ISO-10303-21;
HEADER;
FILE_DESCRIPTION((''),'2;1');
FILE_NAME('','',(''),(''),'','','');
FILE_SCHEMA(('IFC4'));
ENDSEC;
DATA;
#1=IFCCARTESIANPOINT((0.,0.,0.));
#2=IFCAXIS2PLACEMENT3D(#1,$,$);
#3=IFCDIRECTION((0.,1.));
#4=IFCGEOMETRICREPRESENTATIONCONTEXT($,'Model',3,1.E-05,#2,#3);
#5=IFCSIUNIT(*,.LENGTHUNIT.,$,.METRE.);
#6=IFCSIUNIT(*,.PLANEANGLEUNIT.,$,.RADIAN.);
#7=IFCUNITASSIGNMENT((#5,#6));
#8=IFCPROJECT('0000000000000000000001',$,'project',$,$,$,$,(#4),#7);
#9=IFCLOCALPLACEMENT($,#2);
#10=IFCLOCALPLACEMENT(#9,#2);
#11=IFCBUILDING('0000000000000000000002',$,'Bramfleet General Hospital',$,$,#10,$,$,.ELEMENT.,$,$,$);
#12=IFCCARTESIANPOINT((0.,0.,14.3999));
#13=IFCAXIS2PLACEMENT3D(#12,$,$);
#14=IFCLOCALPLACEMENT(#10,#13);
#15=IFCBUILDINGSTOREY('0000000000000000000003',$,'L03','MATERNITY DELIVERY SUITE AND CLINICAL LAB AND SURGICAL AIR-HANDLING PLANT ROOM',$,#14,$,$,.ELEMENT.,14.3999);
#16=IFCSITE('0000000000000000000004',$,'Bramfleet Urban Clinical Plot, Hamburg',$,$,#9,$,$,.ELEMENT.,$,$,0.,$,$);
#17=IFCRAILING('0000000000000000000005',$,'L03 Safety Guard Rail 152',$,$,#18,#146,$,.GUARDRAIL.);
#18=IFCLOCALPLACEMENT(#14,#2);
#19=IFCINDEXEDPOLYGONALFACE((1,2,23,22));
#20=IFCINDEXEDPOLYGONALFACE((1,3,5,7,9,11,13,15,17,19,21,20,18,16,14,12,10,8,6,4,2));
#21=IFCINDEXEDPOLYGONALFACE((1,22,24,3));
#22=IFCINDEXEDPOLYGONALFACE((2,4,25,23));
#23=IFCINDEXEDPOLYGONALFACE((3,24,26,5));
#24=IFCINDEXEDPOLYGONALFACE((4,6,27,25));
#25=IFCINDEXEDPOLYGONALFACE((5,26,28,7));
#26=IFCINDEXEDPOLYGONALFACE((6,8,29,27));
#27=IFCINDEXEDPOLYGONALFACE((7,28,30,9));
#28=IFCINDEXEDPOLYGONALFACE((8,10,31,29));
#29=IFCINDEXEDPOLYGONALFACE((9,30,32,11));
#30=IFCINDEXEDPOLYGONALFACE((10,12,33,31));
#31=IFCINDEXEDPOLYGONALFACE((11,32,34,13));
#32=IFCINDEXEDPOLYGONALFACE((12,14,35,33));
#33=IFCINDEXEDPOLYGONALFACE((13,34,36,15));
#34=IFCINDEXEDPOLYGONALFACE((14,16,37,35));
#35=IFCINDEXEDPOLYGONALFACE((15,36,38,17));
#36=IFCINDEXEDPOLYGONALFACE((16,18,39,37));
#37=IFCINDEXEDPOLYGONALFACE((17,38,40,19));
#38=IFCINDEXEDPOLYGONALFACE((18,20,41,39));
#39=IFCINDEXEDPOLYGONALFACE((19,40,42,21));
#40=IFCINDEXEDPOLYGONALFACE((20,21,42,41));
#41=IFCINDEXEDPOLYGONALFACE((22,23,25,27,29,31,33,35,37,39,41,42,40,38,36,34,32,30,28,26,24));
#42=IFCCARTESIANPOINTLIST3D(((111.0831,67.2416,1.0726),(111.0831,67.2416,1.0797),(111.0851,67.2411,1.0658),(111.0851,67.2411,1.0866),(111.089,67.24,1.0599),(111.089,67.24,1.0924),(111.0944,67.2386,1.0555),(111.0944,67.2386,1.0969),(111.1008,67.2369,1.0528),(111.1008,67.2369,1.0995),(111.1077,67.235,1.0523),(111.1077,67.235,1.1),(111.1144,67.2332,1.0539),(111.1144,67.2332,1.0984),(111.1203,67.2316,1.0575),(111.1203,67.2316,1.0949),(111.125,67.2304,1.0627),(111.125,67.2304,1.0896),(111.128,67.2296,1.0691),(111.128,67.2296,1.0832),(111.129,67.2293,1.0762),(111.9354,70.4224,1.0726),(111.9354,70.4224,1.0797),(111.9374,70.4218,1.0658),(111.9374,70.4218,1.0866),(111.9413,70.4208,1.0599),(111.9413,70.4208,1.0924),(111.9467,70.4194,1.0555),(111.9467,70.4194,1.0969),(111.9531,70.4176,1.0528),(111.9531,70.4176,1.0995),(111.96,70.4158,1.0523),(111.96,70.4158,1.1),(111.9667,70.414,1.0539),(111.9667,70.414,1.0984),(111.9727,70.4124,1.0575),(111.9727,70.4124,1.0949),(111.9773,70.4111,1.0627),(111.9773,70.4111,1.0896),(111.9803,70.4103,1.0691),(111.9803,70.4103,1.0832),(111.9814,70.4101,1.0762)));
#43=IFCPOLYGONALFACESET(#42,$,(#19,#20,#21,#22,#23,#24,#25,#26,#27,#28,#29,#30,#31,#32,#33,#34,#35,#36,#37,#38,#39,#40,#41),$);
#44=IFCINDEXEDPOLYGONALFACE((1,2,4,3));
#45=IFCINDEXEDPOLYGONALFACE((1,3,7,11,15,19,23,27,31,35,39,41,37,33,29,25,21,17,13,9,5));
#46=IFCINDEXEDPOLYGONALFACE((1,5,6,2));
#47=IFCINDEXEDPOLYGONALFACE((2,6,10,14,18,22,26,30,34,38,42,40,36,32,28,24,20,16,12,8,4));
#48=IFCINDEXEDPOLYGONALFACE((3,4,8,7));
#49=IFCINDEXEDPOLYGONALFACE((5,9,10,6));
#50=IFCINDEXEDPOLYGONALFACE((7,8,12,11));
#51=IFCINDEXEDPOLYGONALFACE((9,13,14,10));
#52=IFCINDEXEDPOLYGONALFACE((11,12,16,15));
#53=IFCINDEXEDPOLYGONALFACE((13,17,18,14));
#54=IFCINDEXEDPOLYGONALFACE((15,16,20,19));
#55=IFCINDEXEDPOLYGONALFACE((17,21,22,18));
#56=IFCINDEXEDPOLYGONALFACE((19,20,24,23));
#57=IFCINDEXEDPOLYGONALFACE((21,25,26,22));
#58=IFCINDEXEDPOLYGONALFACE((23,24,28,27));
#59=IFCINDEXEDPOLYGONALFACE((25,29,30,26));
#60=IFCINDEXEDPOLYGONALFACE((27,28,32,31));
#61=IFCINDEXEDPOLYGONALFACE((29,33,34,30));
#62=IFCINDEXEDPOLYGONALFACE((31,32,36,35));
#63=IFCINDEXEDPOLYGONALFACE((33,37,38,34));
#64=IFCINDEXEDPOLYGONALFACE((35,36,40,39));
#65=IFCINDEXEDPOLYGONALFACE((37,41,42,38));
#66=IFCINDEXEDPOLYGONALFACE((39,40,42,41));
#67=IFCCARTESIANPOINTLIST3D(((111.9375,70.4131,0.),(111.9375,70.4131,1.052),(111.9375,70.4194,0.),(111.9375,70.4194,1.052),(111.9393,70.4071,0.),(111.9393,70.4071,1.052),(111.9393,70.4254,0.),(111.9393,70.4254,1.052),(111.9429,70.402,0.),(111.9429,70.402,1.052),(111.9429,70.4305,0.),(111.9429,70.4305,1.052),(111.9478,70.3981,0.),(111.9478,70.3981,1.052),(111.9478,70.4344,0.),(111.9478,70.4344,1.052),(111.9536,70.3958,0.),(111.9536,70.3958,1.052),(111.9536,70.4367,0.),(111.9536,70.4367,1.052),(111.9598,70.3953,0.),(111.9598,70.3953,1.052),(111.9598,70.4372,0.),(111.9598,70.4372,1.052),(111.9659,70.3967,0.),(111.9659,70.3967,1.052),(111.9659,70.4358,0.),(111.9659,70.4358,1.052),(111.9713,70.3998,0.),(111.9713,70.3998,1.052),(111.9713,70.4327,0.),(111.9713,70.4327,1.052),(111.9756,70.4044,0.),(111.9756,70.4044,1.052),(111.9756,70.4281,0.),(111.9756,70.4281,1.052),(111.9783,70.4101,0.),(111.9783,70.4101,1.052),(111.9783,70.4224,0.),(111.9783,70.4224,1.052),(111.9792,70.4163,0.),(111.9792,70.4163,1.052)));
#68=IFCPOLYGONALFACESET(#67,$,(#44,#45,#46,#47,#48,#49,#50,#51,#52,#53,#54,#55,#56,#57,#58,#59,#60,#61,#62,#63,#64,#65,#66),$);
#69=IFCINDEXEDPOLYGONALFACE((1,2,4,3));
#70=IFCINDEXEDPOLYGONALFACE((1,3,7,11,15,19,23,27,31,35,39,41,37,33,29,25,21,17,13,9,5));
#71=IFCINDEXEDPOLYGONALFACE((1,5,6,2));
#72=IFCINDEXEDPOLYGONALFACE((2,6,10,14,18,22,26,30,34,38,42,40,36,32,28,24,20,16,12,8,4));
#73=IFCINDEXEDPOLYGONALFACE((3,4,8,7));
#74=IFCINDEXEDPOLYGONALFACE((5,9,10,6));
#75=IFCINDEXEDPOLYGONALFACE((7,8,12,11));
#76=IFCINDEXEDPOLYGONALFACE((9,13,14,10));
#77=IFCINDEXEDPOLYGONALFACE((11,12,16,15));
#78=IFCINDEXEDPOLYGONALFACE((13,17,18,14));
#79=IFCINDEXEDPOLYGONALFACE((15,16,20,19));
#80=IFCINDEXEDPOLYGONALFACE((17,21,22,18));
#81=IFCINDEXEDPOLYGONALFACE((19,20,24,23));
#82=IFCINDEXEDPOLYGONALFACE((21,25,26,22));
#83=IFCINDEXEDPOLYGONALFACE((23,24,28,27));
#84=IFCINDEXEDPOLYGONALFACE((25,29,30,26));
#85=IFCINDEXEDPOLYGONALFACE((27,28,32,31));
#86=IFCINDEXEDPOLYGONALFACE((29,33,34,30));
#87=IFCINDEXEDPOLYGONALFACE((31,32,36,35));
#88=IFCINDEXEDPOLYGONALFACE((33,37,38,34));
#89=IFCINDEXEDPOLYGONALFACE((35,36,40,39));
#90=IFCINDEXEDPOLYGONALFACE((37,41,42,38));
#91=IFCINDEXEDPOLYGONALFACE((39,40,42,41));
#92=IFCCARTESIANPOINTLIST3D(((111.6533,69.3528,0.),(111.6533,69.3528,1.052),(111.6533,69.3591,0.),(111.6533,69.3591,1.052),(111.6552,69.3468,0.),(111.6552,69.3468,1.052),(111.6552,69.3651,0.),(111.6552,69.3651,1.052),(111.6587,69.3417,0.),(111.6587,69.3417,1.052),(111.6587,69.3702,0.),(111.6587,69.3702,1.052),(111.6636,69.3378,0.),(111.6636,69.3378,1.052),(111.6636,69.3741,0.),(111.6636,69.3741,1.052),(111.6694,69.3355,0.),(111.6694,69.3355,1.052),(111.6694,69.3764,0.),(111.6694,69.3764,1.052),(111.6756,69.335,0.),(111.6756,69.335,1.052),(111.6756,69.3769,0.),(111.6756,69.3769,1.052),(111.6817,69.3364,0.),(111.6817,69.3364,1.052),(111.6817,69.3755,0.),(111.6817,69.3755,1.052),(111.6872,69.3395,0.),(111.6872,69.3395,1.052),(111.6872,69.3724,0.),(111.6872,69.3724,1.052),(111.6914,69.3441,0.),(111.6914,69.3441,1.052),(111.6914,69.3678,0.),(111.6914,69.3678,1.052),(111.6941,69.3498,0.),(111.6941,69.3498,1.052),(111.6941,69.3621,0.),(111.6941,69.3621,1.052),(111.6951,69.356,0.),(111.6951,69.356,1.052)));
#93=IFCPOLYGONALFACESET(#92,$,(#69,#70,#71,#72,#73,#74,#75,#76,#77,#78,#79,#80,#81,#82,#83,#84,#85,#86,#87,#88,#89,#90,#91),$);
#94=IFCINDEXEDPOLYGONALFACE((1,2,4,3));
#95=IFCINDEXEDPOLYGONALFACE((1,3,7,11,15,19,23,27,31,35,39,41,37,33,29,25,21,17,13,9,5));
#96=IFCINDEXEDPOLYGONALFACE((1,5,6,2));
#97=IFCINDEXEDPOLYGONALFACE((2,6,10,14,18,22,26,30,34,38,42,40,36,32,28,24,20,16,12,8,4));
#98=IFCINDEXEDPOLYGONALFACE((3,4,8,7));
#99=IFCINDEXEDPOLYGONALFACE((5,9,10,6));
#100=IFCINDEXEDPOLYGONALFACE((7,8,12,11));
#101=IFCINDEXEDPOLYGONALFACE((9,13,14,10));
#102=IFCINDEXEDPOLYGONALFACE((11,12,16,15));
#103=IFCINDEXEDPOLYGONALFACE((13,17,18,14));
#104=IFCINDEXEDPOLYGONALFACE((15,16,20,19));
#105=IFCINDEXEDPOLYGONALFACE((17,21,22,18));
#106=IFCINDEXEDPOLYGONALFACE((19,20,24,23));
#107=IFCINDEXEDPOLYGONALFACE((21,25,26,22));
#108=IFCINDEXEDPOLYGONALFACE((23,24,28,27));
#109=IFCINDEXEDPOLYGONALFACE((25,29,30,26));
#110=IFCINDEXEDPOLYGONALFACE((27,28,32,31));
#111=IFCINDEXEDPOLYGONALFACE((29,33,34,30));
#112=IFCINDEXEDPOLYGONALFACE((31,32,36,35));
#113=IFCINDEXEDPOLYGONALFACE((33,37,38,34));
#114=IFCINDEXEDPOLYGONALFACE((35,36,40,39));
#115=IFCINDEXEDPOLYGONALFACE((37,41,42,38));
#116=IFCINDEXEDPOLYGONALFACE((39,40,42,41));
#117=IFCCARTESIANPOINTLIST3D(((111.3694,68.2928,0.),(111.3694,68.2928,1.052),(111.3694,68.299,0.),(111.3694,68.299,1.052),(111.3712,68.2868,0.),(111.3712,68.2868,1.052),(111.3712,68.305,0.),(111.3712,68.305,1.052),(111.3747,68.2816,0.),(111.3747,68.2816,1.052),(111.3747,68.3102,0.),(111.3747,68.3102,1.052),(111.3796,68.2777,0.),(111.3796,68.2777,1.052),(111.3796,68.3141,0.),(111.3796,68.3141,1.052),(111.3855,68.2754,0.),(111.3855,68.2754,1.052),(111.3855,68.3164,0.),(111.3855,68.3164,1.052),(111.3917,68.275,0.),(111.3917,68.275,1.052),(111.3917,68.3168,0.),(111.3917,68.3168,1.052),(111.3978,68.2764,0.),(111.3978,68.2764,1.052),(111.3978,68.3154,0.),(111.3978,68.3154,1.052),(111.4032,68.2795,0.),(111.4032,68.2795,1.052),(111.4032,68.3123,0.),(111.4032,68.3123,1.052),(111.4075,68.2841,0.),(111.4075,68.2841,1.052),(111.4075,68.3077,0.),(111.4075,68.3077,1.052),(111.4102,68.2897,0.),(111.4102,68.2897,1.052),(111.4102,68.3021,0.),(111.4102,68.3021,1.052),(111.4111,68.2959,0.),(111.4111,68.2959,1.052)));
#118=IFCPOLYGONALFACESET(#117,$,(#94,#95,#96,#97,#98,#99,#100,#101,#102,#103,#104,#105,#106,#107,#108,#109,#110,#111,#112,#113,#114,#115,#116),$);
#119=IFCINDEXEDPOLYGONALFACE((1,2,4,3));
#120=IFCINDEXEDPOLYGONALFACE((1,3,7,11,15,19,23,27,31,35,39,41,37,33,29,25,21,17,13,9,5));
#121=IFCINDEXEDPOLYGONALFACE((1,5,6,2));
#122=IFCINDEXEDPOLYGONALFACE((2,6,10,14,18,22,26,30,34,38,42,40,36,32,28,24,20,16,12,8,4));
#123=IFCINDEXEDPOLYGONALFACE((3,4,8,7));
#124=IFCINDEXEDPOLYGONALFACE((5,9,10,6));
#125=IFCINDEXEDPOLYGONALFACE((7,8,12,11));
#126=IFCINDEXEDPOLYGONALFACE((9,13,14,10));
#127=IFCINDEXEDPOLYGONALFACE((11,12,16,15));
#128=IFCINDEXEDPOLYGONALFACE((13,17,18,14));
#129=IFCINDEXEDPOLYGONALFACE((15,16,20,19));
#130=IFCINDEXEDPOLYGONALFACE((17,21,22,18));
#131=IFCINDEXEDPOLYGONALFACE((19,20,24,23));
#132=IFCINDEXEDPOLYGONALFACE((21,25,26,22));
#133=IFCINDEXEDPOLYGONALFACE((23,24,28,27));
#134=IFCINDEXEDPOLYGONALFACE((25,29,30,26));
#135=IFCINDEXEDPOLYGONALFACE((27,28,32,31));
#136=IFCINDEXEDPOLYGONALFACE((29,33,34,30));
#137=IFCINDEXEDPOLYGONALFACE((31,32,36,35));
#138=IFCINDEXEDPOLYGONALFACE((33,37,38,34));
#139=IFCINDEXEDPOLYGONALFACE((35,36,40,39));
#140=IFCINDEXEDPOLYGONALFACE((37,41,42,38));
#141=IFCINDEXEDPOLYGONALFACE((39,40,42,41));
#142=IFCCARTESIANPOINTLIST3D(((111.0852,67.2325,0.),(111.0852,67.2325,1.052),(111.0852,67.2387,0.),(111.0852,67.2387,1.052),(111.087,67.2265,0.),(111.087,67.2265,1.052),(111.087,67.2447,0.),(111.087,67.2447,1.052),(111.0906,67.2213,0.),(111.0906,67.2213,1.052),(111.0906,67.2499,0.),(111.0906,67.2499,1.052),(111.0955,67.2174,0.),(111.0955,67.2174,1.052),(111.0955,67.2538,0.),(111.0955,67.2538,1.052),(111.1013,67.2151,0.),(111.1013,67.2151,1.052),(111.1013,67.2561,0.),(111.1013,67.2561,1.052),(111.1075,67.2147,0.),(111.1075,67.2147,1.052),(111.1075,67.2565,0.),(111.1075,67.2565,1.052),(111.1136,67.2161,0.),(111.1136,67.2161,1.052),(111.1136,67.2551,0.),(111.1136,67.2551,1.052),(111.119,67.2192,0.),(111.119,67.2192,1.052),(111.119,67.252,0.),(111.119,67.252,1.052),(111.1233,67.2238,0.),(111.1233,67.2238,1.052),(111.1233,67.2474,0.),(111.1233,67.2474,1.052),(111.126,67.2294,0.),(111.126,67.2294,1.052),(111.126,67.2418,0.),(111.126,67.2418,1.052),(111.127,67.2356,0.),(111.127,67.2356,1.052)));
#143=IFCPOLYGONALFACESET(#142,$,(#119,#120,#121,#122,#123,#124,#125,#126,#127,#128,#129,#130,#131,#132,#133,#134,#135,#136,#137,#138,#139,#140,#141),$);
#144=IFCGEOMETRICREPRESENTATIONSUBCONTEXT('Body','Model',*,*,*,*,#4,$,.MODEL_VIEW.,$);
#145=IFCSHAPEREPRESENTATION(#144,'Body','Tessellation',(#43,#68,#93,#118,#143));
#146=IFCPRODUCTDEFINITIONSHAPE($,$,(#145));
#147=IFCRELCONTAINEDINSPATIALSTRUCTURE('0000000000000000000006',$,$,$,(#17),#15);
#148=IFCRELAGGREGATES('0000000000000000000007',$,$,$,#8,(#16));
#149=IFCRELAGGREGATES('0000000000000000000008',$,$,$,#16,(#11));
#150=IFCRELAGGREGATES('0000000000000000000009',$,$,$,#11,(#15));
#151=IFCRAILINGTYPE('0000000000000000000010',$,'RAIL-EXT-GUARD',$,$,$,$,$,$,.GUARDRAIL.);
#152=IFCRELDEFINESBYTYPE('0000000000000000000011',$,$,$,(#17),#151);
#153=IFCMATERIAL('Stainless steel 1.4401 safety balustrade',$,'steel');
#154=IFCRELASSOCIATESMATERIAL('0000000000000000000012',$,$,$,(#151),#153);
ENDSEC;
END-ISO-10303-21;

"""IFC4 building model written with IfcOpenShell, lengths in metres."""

from ifc_helpers import new_model, si_unit, direction, frame, origin, origin_2d, place, context, subcontext, project, spatial, circle, extrude, material, type_object, element, save


model = new_model("IFC4")

# Units and contexts
model_context = context("Model", 3, precision=1e-05, world=origin(), true_north=direction((0.0, 1.0)))
body_context = subcontext(model_context, "Body", "Model", "MODEL_VIEW")
ifc_project = project(units=[si_unit("LENGTHUNIT", "METRE"), si_unit("PLANEANGLEUNIT", "RADIAN")], contexts=[model_context])

# Site, building, storey
site_placement = place(None, origin())
site = spatial("IfcSite", under=ifc_project, at=site_placement, Name="Bramfleet Urban Clinical Plot, Hamburg", CompositionType="ELEMENT", RefElevation=0.0)
building_placement = place(site_placement, origin())
building = spatial("IfcBuilding", under=site, at=building_placement, Name="Bramfleet General Hospital", CompositionType="ELEMENT")
storey_placement = place(building_placement, frame((0.0, 0.0, 14.3999)))
storey = spatial("IfcBuildingStorey", under=building, at=storey_placement, Name="L03", Description="MATERNITY DELIVERY SUITE AND CLINICAL LAB AND SURGICAL AIR-HANDLING PLANT ROOM", CompositionType="ELEMENT", Elevation=14.3999)

# Railing
ifc_material_1 = material(Name="Stainless steel 1.4401 safety balustrade", Category="steel")
railing_type = type_object("IfcRailingType", Name="RAIL-EXT-GUARD", PredefinedType="GUARDRAIL", material=ifc_material_1)
railing_placement = place(storey_placement, frame((111.9583, 70.4163, 0.0)))
element("IfcRailing", 1, at=railing_placement, inside=storey, type_object=railing_type, Name="L03 Safety Guard Rail 152", PredefinedType="GUARDRAIL", context=body_context, shape_type="SweptSolid", body=[
    extrude(circle(Radius=0.0239, at=origin_2d()), frame((0.0, 0.0, 1.0762), z_axis=(-0.25883, -0.965923, 0.0), x_axis=(0.965923, -0.25883, 0.0)), (0.0, 0.0, 1.0), 3.293),
    extrude(circle(Radius=0.021, at=origin_2d()), origin(), (0.0, 0.0, 1.0), 1.052),
    extrude(circle(Radius=0.021, at=origin_2d()), frame((-0.2842, -1.0603, 0.0)), (0.0, 0.0, 1.0), 1.052),
    extrude(circle(Radius=0.021, at=origin_2d()), frame((-0.5681, -2.1204, 0.0)), (0.0, 0.0, 1.0), 1.052),
    extrude(circle(Radius=0.021, at=origin_2d()), frame((-0.8523, -3.1807, 0.0)), (0.0, 0.0, 1.0), 1.052),
])

save(model, "model.ifc")
